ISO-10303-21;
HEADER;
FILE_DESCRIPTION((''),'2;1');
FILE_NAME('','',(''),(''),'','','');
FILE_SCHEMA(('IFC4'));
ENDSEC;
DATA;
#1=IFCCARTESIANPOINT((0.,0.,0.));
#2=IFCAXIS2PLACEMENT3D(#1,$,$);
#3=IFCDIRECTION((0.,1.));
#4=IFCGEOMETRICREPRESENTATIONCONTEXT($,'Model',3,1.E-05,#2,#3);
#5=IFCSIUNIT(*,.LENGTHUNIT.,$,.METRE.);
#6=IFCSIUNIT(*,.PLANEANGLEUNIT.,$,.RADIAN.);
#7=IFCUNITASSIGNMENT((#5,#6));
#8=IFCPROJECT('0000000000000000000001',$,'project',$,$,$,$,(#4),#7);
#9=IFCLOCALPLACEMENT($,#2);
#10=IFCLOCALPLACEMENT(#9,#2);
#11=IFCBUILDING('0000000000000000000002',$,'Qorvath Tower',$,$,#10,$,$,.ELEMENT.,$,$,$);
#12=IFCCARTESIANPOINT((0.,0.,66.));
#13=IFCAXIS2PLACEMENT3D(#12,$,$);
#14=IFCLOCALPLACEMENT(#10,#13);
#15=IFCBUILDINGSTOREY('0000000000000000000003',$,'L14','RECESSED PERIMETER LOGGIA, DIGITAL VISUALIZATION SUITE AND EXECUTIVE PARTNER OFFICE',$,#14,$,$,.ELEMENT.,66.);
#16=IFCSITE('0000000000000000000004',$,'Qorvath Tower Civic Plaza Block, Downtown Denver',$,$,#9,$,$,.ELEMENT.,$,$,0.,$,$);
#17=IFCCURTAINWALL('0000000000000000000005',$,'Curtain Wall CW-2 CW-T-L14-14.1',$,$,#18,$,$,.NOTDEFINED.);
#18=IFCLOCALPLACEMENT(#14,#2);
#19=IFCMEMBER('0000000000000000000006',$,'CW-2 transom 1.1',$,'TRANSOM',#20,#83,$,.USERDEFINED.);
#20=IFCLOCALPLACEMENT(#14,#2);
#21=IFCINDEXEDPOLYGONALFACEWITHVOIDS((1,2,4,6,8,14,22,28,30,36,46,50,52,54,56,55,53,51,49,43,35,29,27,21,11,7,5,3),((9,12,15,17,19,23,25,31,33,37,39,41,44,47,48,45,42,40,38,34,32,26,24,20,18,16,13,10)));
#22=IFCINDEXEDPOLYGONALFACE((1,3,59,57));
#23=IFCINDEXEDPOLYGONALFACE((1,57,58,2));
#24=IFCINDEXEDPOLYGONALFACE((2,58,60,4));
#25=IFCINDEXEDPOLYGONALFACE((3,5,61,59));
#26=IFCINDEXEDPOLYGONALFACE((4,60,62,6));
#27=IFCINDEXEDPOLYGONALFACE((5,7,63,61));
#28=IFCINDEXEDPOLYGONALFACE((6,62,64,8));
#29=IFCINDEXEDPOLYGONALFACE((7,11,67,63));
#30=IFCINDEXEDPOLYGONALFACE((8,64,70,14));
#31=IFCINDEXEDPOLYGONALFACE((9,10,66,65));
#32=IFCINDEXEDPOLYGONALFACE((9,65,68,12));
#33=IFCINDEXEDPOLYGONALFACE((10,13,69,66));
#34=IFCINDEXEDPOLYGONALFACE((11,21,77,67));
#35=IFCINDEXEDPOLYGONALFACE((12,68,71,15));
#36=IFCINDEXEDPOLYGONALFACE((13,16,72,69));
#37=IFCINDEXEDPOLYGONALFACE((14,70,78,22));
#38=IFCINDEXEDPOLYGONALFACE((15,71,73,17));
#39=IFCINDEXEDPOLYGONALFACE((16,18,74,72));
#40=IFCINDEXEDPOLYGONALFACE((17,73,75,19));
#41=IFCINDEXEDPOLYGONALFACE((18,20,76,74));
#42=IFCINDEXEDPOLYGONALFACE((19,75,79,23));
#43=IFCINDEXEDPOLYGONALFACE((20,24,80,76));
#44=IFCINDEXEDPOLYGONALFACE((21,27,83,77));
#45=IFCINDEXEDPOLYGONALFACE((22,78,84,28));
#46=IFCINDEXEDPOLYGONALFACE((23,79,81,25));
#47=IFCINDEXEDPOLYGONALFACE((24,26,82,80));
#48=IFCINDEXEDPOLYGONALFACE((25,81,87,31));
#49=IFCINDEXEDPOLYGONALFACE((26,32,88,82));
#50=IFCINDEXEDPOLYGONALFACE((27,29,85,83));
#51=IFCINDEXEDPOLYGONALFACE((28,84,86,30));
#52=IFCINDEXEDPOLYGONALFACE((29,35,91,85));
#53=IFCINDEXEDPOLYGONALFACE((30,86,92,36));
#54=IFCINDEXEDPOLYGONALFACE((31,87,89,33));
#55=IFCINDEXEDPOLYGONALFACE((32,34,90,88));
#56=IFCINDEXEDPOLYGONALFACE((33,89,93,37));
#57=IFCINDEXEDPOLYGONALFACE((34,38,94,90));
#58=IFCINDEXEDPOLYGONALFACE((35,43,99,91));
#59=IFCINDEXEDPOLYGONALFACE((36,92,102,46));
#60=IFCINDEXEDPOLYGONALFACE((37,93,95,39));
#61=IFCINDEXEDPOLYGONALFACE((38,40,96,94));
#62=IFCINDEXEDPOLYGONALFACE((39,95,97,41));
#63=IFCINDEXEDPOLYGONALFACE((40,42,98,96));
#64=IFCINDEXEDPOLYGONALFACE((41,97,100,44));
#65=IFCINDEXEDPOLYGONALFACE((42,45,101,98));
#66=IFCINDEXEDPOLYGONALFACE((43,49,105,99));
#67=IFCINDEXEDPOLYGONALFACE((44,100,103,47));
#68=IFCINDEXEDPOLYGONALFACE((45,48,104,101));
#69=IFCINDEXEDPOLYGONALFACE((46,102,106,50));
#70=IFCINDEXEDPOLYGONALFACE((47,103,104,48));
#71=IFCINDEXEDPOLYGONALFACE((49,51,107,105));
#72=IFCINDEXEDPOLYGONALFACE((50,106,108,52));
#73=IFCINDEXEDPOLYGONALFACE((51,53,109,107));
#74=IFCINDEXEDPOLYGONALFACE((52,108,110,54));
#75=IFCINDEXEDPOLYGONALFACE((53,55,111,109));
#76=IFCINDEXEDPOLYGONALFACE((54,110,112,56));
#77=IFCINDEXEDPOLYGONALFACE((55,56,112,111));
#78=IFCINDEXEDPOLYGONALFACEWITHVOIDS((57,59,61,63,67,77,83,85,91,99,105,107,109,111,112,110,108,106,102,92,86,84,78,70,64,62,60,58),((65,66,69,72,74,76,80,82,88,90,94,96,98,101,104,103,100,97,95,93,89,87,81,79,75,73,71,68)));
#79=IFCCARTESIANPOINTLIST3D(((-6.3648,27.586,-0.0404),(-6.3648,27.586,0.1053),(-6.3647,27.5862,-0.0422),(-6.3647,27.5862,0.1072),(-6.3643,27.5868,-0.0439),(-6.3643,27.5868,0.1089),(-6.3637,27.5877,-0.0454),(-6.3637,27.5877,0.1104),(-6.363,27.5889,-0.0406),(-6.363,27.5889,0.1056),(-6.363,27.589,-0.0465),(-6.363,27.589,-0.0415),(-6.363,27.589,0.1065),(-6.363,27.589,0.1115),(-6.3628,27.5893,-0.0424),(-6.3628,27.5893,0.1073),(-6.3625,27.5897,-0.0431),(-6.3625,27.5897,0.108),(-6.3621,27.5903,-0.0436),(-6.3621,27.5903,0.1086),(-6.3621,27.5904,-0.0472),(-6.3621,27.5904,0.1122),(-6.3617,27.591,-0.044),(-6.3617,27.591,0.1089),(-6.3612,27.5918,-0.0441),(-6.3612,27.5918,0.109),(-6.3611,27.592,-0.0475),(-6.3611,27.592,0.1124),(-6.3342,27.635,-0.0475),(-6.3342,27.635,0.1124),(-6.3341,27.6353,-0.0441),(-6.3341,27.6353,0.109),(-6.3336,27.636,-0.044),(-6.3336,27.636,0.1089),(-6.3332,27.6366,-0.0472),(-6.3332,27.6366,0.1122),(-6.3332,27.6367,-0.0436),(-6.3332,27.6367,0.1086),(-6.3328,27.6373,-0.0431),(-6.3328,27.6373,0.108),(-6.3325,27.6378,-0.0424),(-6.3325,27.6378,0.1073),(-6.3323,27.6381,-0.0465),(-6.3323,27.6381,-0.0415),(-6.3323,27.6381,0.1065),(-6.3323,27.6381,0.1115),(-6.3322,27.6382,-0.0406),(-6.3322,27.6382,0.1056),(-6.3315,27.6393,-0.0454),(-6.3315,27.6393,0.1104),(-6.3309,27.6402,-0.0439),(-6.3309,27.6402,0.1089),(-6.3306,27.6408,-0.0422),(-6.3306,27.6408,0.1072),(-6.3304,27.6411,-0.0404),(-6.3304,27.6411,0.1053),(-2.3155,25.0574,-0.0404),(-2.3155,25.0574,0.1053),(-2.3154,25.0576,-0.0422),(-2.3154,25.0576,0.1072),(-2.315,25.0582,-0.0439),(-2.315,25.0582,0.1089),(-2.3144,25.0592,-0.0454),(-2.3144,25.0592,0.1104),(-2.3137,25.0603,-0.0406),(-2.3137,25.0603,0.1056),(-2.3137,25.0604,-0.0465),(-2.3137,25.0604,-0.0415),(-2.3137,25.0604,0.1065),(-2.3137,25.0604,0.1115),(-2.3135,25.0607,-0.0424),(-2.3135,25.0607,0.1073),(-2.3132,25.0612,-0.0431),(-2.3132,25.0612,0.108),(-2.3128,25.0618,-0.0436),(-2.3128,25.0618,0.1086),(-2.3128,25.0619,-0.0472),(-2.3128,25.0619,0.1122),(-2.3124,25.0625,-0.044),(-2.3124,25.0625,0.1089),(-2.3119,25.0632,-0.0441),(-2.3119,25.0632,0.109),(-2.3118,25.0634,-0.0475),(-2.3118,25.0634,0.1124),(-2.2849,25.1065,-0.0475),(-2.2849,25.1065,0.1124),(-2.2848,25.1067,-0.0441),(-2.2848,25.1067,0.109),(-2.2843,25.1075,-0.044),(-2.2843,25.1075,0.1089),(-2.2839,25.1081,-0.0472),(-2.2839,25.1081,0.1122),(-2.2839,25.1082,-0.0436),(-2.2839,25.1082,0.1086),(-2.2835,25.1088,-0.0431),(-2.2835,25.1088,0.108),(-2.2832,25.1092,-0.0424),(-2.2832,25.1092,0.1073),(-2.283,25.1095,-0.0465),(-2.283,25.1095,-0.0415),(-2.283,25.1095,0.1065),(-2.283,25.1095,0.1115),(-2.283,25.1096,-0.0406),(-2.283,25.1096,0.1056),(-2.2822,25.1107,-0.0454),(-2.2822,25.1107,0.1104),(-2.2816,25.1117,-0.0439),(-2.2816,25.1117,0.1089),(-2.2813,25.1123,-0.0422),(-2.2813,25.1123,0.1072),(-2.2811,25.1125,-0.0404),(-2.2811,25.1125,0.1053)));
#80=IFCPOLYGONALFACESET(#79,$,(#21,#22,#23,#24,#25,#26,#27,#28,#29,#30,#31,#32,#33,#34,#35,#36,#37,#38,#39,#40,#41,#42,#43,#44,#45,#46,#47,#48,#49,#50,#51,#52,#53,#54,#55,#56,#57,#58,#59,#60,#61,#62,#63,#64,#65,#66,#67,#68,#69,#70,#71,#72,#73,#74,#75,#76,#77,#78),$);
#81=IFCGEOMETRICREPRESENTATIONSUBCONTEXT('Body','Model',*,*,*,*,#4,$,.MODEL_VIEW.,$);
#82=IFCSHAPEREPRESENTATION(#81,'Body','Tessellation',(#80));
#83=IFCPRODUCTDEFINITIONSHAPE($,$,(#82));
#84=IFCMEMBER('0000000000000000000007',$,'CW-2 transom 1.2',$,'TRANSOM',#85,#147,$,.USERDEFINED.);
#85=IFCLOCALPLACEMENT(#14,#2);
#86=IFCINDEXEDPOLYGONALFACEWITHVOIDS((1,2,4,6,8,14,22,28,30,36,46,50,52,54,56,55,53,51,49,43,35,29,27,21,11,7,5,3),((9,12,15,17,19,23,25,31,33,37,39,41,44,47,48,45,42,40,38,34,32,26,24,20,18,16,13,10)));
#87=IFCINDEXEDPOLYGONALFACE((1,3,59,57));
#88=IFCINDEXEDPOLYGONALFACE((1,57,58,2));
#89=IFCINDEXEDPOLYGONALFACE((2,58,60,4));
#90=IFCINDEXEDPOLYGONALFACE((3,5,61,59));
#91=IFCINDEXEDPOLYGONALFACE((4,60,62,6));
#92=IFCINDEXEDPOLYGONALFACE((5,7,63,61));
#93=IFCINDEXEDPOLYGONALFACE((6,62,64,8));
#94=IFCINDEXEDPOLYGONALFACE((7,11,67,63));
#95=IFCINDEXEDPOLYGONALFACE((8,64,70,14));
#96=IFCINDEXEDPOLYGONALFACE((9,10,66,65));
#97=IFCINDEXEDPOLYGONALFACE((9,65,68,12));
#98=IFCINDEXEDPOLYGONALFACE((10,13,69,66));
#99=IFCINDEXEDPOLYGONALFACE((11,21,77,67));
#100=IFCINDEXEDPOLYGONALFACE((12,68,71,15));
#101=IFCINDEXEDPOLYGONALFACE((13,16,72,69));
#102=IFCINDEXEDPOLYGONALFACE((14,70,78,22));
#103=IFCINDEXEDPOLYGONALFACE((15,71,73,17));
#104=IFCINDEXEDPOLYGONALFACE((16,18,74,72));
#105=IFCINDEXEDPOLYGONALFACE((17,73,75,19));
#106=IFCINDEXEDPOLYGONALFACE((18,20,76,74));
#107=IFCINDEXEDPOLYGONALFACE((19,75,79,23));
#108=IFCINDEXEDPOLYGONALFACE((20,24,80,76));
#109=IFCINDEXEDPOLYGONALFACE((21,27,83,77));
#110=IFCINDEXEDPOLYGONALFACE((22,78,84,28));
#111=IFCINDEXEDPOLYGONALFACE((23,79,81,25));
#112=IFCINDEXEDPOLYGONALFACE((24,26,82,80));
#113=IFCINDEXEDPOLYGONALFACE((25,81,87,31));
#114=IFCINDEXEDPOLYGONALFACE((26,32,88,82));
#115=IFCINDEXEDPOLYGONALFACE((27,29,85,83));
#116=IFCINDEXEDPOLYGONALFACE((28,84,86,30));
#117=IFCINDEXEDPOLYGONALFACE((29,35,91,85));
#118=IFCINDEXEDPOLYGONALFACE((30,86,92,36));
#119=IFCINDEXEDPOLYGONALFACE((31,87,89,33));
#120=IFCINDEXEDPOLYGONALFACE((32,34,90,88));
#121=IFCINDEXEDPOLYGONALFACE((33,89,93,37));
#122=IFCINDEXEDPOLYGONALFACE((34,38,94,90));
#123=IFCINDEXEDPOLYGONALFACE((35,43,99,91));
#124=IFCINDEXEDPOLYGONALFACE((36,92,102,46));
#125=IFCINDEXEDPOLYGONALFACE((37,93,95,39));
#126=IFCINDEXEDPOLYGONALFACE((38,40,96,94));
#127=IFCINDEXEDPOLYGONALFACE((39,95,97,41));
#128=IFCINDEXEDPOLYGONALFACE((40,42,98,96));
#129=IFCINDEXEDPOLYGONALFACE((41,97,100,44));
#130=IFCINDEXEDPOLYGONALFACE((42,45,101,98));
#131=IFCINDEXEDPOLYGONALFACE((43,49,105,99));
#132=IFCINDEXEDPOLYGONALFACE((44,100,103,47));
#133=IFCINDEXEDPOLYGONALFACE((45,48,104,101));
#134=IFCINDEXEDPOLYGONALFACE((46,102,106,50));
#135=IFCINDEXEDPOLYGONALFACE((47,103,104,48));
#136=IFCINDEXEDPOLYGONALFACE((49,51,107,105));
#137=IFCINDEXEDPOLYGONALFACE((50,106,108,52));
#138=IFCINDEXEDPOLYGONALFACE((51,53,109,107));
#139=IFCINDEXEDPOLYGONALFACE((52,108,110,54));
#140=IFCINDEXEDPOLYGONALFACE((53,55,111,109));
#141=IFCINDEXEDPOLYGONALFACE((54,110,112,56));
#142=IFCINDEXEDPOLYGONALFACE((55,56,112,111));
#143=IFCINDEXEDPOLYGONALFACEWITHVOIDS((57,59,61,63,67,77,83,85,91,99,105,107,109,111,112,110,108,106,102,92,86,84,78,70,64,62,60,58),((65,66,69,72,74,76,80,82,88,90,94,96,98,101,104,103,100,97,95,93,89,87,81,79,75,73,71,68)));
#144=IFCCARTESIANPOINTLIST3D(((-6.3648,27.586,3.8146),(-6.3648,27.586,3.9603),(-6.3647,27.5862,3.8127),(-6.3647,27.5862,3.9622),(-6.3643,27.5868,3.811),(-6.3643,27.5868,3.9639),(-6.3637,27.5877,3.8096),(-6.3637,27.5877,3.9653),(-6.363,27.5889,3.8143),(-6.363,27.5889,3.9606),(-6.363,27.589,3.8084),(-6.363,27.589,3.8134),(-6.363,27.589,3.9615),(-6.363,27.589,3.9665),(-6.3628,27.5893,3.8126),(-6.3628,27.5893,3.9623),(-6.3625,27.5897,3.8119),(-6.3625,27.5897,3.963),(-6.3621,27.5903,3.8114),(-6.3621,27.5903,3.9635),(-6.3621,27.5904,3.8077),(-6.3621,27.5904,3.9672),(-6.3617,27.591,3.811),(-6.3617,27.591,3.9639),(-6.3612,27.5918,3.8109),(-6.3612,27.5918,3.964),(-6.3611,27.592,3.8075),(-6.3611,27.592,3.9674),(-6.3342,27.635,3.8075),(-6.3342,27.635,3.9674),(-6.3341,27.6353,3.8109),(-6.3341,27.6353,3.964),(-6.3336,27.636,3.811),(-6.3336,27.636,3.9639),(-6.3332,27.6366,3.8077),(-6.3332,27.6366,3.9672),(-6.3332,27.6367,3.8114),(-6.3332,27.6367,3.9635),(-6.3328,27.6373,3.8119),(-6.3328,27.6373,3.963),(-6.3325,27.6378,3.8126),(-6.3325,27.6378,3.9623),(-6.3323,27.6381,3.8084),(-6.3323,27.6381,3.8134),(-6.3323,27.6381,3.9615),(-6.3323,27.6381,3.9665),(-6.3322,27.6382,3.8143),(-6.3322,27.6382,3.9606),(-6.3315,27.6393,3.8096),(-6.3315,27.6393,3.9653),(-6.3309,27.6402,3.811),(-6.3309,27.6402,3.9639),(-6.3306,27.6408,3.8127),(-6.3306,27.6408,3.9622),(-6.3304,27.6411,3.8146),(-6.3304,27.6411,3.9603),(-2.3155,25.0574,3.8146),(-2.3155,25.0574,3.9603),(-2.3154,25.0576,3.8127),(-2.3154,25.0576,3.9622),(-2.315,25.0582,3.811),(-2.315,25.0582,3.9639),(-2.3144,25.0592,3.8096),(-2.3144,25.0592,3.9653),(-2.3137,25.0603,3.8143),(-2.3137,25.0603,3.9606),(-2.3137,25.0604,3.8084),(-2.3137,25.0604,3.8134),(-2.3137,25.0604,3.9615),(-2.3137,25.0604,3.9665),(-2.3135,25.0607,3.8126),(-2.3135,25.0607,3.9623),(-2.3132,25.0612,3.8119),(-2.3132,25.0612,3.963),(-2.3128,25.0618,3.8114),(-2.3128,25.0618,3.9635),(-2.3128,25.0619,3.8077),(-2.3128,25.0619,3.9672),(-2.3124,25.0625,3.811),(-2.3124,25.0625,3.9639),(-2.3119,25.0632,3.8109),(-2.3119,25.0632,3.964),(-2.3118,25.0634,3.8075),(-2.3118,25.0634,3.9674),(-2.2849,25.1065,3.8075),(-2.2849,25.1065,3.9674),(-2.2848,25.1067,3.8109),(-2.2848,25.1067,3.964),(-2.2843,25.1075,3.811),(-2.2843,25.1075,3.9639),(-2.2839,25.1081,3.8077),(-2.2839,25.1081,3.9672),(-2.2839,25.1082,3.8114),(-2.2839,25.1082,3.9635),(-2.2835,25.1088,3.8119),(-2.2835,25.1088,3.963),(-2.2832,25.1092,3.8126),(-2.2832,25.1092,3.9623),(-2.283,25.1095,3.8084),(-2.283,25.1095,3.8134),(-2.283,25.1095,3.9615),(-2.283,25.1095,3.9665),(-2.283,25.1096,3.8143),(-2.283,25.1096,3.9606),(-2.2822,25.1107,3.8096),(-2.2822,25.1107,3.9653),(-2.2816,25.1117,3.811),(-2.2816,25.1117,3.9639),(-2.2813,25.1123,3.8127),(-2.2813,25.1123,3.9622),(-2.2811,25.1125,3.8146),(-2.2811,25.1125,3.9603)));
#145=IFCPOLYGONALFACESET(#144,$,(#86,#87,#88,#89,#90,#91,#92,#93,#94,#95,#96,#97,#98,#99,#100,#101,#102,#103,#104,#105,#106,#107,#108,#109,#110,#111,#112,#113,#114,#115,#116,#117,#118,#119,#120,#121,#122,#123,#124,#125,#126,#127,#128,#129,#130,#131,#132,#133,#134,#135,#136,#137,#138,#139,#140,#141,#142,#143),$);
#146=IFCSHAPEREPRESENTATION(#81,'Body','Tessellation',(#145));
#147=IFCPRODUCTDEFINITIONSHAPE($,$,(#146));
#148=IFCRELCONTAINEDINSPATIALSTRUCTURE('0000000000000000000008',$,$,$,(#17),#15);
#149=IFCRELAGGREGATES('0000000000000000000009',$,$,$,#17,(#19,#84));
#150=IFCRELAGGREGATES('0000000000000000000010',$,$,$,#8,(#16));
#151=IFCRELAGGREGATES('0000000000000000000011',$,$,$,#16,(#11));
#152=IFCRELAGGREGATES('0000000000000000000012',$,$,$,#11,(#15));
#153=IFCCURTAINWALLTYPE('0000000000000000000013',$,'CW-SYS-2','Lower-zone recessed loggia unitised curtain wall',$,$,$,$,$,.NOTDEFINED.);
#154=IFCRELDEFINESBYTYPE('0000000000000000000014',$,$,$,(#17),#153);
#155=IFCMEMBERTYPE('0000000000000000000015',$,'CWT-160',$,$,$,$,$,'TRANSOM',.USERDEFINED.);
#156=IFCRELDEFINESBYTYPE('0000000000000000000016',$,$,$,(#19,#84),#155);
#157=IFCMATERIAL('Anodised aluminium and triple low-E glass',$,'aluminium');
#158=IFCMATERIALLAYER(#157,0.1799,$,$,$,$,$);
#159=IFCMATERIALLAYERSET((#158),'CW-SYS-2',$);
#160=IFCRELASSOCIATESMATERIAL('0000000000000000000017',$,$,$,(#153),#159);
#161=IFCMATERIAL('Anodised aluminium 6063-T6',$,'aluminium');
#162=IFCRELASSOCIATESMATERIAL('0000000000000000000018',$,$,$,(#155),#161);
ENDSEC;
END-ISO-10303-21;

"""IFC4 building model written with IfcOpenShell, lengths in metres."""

from ifc_helpers import new_model, si_unit, direction, frame, origin, origin_2d, place, context, subcontext, project, spatial, hollow_rectangle, extrude, material, layer, layer_set, material_profile, profile_set, type_object, element, aggregate, save


model = new_model("IFC4")

# Units and contexts
model_context = context("Model", 3, precision=1e-05, world=origin(), true_north=direction((0.0, 1.0)))
body_context = subcontext(model_context, "Body", "Model", "MODEL_VIEW")
ifc_project = project(units=[si_unit("LENGTHUNIT", "METRE"), si_unit("PLANEANGLEUNIT", "RADIAN")], contexts=[model_context])

# Site, building, storey
site_placement = place(None, origin())
site = spatial("IfcSite", under=ifc_project, at=site_placement, Name="Qorvath Tower Civic Plaza Block, Downtown Denver", CompositionType="ELEMENT", RefElevation=0.0)
building_placement = place(site_placement, origin())
building = spatial("IfcBuilding", under=site, at=building_placement, Name="Qorvath Tower", CompositionType="ELEMENT")
storey_placement = place(building_placement, frame((0.0, 0.0, 66.0)))
storey = spatial("IfcBuildingStorey", under=building, at=storey_placement, Name="L14", Description="RECESSED PERIMETER LOGGIA, DIGITAL VISUALIZATION SUITE AND EXECUTIVE PARTNER OFFICE", CompositionType="ELEMENT", Elevation=66.0)

# Shared definitions
ifc_material_1 = material(Name="Anodised aluminium and triple low-E glass", Category="aluminium")
ifc_layer_1 = layer(ifc_material_1, 0.1799)
ifc_layer_set_1 = layer_set([ifc_layer_1], Name="CW-SYS-2")
curtain_wall_type = type_object("IfcCurtainWallType", Name="CW-SYS-2", Description="Lower-zone recessed loggia unitised curtain wall", PredefinedType="NOTDEFINED", material=ifc_layer_set_1)

# Curtain wall
curtain_wall_1_placement = place(storey_placement, origin())
curtain_wall_1 = element("IfcCurtainWall", 1, at=curtain_wall_1_placement, inside=storey, type_object=curtain_wall_type, Name="Curtain Wall CW-2 CW-T-L14-14.1", PredefinedType="NOTDEFINED")

# Members
ifc_material_2 = material(Name="Anodised aluminium 6063-T6", Category="aluminium")
ifc_material_profile_1 = material_profile(ifc_material_2, hollow_rectangle(XDim=0.0649, YDim=0.1599, WallThickness=0.0034, InnerFilletRadius=0.0034, OuterFilletRadius=0.0071, at=origin_2d()), Name="CWT 160x65")
ifc_profile_set_1 = profile_set([ifc_material_profile_1], Name="Anodised aluminium 6063-T6")
member_type_1 = type_object("IfcMemberType", Name="CWT-160", ElementType="TRANSOM", PredefinedType="USERDEFINED", material=ifc_profile_set_1)
member_1_placement = place(storey_placement, frame((-2.2983, 25.085, 0.0325), z_axis=(-0.848211, 0.529659, 0.0), x_axis=(-0.529659, -0.848211, 0.0)))
member_1 = element("IfcMember", 2, at=member_1_placement, type_object=member_type_1, Name="CW-2 transom 1.1", ObjectType="TRANSOM", PredefinedType="USERDEFINED", context=body_context, shape_type="SweptSolid", body=[
    extrude(hollow_rectangle(XDim=0.0649, YDim=0.1599, WallThickness=0.0034, InnerFilletRadius=0.0034, OuterFilletRadius=0.0071, at=origin_2d()), origin(), (0.0, 0.0, 1.0), 4.7739),
])
member_2_placement = place(storey_placement, frame((-2.2983, 25.085, 3.8875), z_axis=(-0.848211, 0.529659, 0.0), x_axis=(-0.529659, -0.848211, 0.0)))
member_2 = element("IfcMember", 3, at=member_2_placement, type_object=member_type_1, Name="CW-2 transom 1.2", ObjectType="TRANSOM", PredefinedType="USERDEFINED", context=body_context, shape_type="SweptSolid", body=[
    extrude(hollow_rectangle(XDim=0.0649, YDim=0.1599, WallThickness=0.0034, InnerFilletRadius=0.0034, OuterFilletRadius=0.0071, at=origin_2d()), origin(), (0.0, 0.0, 1.0), 4.7739),
])

aggregate(curtain_wall_1, [member_1, member_2])

save(model, "model.ifc")
